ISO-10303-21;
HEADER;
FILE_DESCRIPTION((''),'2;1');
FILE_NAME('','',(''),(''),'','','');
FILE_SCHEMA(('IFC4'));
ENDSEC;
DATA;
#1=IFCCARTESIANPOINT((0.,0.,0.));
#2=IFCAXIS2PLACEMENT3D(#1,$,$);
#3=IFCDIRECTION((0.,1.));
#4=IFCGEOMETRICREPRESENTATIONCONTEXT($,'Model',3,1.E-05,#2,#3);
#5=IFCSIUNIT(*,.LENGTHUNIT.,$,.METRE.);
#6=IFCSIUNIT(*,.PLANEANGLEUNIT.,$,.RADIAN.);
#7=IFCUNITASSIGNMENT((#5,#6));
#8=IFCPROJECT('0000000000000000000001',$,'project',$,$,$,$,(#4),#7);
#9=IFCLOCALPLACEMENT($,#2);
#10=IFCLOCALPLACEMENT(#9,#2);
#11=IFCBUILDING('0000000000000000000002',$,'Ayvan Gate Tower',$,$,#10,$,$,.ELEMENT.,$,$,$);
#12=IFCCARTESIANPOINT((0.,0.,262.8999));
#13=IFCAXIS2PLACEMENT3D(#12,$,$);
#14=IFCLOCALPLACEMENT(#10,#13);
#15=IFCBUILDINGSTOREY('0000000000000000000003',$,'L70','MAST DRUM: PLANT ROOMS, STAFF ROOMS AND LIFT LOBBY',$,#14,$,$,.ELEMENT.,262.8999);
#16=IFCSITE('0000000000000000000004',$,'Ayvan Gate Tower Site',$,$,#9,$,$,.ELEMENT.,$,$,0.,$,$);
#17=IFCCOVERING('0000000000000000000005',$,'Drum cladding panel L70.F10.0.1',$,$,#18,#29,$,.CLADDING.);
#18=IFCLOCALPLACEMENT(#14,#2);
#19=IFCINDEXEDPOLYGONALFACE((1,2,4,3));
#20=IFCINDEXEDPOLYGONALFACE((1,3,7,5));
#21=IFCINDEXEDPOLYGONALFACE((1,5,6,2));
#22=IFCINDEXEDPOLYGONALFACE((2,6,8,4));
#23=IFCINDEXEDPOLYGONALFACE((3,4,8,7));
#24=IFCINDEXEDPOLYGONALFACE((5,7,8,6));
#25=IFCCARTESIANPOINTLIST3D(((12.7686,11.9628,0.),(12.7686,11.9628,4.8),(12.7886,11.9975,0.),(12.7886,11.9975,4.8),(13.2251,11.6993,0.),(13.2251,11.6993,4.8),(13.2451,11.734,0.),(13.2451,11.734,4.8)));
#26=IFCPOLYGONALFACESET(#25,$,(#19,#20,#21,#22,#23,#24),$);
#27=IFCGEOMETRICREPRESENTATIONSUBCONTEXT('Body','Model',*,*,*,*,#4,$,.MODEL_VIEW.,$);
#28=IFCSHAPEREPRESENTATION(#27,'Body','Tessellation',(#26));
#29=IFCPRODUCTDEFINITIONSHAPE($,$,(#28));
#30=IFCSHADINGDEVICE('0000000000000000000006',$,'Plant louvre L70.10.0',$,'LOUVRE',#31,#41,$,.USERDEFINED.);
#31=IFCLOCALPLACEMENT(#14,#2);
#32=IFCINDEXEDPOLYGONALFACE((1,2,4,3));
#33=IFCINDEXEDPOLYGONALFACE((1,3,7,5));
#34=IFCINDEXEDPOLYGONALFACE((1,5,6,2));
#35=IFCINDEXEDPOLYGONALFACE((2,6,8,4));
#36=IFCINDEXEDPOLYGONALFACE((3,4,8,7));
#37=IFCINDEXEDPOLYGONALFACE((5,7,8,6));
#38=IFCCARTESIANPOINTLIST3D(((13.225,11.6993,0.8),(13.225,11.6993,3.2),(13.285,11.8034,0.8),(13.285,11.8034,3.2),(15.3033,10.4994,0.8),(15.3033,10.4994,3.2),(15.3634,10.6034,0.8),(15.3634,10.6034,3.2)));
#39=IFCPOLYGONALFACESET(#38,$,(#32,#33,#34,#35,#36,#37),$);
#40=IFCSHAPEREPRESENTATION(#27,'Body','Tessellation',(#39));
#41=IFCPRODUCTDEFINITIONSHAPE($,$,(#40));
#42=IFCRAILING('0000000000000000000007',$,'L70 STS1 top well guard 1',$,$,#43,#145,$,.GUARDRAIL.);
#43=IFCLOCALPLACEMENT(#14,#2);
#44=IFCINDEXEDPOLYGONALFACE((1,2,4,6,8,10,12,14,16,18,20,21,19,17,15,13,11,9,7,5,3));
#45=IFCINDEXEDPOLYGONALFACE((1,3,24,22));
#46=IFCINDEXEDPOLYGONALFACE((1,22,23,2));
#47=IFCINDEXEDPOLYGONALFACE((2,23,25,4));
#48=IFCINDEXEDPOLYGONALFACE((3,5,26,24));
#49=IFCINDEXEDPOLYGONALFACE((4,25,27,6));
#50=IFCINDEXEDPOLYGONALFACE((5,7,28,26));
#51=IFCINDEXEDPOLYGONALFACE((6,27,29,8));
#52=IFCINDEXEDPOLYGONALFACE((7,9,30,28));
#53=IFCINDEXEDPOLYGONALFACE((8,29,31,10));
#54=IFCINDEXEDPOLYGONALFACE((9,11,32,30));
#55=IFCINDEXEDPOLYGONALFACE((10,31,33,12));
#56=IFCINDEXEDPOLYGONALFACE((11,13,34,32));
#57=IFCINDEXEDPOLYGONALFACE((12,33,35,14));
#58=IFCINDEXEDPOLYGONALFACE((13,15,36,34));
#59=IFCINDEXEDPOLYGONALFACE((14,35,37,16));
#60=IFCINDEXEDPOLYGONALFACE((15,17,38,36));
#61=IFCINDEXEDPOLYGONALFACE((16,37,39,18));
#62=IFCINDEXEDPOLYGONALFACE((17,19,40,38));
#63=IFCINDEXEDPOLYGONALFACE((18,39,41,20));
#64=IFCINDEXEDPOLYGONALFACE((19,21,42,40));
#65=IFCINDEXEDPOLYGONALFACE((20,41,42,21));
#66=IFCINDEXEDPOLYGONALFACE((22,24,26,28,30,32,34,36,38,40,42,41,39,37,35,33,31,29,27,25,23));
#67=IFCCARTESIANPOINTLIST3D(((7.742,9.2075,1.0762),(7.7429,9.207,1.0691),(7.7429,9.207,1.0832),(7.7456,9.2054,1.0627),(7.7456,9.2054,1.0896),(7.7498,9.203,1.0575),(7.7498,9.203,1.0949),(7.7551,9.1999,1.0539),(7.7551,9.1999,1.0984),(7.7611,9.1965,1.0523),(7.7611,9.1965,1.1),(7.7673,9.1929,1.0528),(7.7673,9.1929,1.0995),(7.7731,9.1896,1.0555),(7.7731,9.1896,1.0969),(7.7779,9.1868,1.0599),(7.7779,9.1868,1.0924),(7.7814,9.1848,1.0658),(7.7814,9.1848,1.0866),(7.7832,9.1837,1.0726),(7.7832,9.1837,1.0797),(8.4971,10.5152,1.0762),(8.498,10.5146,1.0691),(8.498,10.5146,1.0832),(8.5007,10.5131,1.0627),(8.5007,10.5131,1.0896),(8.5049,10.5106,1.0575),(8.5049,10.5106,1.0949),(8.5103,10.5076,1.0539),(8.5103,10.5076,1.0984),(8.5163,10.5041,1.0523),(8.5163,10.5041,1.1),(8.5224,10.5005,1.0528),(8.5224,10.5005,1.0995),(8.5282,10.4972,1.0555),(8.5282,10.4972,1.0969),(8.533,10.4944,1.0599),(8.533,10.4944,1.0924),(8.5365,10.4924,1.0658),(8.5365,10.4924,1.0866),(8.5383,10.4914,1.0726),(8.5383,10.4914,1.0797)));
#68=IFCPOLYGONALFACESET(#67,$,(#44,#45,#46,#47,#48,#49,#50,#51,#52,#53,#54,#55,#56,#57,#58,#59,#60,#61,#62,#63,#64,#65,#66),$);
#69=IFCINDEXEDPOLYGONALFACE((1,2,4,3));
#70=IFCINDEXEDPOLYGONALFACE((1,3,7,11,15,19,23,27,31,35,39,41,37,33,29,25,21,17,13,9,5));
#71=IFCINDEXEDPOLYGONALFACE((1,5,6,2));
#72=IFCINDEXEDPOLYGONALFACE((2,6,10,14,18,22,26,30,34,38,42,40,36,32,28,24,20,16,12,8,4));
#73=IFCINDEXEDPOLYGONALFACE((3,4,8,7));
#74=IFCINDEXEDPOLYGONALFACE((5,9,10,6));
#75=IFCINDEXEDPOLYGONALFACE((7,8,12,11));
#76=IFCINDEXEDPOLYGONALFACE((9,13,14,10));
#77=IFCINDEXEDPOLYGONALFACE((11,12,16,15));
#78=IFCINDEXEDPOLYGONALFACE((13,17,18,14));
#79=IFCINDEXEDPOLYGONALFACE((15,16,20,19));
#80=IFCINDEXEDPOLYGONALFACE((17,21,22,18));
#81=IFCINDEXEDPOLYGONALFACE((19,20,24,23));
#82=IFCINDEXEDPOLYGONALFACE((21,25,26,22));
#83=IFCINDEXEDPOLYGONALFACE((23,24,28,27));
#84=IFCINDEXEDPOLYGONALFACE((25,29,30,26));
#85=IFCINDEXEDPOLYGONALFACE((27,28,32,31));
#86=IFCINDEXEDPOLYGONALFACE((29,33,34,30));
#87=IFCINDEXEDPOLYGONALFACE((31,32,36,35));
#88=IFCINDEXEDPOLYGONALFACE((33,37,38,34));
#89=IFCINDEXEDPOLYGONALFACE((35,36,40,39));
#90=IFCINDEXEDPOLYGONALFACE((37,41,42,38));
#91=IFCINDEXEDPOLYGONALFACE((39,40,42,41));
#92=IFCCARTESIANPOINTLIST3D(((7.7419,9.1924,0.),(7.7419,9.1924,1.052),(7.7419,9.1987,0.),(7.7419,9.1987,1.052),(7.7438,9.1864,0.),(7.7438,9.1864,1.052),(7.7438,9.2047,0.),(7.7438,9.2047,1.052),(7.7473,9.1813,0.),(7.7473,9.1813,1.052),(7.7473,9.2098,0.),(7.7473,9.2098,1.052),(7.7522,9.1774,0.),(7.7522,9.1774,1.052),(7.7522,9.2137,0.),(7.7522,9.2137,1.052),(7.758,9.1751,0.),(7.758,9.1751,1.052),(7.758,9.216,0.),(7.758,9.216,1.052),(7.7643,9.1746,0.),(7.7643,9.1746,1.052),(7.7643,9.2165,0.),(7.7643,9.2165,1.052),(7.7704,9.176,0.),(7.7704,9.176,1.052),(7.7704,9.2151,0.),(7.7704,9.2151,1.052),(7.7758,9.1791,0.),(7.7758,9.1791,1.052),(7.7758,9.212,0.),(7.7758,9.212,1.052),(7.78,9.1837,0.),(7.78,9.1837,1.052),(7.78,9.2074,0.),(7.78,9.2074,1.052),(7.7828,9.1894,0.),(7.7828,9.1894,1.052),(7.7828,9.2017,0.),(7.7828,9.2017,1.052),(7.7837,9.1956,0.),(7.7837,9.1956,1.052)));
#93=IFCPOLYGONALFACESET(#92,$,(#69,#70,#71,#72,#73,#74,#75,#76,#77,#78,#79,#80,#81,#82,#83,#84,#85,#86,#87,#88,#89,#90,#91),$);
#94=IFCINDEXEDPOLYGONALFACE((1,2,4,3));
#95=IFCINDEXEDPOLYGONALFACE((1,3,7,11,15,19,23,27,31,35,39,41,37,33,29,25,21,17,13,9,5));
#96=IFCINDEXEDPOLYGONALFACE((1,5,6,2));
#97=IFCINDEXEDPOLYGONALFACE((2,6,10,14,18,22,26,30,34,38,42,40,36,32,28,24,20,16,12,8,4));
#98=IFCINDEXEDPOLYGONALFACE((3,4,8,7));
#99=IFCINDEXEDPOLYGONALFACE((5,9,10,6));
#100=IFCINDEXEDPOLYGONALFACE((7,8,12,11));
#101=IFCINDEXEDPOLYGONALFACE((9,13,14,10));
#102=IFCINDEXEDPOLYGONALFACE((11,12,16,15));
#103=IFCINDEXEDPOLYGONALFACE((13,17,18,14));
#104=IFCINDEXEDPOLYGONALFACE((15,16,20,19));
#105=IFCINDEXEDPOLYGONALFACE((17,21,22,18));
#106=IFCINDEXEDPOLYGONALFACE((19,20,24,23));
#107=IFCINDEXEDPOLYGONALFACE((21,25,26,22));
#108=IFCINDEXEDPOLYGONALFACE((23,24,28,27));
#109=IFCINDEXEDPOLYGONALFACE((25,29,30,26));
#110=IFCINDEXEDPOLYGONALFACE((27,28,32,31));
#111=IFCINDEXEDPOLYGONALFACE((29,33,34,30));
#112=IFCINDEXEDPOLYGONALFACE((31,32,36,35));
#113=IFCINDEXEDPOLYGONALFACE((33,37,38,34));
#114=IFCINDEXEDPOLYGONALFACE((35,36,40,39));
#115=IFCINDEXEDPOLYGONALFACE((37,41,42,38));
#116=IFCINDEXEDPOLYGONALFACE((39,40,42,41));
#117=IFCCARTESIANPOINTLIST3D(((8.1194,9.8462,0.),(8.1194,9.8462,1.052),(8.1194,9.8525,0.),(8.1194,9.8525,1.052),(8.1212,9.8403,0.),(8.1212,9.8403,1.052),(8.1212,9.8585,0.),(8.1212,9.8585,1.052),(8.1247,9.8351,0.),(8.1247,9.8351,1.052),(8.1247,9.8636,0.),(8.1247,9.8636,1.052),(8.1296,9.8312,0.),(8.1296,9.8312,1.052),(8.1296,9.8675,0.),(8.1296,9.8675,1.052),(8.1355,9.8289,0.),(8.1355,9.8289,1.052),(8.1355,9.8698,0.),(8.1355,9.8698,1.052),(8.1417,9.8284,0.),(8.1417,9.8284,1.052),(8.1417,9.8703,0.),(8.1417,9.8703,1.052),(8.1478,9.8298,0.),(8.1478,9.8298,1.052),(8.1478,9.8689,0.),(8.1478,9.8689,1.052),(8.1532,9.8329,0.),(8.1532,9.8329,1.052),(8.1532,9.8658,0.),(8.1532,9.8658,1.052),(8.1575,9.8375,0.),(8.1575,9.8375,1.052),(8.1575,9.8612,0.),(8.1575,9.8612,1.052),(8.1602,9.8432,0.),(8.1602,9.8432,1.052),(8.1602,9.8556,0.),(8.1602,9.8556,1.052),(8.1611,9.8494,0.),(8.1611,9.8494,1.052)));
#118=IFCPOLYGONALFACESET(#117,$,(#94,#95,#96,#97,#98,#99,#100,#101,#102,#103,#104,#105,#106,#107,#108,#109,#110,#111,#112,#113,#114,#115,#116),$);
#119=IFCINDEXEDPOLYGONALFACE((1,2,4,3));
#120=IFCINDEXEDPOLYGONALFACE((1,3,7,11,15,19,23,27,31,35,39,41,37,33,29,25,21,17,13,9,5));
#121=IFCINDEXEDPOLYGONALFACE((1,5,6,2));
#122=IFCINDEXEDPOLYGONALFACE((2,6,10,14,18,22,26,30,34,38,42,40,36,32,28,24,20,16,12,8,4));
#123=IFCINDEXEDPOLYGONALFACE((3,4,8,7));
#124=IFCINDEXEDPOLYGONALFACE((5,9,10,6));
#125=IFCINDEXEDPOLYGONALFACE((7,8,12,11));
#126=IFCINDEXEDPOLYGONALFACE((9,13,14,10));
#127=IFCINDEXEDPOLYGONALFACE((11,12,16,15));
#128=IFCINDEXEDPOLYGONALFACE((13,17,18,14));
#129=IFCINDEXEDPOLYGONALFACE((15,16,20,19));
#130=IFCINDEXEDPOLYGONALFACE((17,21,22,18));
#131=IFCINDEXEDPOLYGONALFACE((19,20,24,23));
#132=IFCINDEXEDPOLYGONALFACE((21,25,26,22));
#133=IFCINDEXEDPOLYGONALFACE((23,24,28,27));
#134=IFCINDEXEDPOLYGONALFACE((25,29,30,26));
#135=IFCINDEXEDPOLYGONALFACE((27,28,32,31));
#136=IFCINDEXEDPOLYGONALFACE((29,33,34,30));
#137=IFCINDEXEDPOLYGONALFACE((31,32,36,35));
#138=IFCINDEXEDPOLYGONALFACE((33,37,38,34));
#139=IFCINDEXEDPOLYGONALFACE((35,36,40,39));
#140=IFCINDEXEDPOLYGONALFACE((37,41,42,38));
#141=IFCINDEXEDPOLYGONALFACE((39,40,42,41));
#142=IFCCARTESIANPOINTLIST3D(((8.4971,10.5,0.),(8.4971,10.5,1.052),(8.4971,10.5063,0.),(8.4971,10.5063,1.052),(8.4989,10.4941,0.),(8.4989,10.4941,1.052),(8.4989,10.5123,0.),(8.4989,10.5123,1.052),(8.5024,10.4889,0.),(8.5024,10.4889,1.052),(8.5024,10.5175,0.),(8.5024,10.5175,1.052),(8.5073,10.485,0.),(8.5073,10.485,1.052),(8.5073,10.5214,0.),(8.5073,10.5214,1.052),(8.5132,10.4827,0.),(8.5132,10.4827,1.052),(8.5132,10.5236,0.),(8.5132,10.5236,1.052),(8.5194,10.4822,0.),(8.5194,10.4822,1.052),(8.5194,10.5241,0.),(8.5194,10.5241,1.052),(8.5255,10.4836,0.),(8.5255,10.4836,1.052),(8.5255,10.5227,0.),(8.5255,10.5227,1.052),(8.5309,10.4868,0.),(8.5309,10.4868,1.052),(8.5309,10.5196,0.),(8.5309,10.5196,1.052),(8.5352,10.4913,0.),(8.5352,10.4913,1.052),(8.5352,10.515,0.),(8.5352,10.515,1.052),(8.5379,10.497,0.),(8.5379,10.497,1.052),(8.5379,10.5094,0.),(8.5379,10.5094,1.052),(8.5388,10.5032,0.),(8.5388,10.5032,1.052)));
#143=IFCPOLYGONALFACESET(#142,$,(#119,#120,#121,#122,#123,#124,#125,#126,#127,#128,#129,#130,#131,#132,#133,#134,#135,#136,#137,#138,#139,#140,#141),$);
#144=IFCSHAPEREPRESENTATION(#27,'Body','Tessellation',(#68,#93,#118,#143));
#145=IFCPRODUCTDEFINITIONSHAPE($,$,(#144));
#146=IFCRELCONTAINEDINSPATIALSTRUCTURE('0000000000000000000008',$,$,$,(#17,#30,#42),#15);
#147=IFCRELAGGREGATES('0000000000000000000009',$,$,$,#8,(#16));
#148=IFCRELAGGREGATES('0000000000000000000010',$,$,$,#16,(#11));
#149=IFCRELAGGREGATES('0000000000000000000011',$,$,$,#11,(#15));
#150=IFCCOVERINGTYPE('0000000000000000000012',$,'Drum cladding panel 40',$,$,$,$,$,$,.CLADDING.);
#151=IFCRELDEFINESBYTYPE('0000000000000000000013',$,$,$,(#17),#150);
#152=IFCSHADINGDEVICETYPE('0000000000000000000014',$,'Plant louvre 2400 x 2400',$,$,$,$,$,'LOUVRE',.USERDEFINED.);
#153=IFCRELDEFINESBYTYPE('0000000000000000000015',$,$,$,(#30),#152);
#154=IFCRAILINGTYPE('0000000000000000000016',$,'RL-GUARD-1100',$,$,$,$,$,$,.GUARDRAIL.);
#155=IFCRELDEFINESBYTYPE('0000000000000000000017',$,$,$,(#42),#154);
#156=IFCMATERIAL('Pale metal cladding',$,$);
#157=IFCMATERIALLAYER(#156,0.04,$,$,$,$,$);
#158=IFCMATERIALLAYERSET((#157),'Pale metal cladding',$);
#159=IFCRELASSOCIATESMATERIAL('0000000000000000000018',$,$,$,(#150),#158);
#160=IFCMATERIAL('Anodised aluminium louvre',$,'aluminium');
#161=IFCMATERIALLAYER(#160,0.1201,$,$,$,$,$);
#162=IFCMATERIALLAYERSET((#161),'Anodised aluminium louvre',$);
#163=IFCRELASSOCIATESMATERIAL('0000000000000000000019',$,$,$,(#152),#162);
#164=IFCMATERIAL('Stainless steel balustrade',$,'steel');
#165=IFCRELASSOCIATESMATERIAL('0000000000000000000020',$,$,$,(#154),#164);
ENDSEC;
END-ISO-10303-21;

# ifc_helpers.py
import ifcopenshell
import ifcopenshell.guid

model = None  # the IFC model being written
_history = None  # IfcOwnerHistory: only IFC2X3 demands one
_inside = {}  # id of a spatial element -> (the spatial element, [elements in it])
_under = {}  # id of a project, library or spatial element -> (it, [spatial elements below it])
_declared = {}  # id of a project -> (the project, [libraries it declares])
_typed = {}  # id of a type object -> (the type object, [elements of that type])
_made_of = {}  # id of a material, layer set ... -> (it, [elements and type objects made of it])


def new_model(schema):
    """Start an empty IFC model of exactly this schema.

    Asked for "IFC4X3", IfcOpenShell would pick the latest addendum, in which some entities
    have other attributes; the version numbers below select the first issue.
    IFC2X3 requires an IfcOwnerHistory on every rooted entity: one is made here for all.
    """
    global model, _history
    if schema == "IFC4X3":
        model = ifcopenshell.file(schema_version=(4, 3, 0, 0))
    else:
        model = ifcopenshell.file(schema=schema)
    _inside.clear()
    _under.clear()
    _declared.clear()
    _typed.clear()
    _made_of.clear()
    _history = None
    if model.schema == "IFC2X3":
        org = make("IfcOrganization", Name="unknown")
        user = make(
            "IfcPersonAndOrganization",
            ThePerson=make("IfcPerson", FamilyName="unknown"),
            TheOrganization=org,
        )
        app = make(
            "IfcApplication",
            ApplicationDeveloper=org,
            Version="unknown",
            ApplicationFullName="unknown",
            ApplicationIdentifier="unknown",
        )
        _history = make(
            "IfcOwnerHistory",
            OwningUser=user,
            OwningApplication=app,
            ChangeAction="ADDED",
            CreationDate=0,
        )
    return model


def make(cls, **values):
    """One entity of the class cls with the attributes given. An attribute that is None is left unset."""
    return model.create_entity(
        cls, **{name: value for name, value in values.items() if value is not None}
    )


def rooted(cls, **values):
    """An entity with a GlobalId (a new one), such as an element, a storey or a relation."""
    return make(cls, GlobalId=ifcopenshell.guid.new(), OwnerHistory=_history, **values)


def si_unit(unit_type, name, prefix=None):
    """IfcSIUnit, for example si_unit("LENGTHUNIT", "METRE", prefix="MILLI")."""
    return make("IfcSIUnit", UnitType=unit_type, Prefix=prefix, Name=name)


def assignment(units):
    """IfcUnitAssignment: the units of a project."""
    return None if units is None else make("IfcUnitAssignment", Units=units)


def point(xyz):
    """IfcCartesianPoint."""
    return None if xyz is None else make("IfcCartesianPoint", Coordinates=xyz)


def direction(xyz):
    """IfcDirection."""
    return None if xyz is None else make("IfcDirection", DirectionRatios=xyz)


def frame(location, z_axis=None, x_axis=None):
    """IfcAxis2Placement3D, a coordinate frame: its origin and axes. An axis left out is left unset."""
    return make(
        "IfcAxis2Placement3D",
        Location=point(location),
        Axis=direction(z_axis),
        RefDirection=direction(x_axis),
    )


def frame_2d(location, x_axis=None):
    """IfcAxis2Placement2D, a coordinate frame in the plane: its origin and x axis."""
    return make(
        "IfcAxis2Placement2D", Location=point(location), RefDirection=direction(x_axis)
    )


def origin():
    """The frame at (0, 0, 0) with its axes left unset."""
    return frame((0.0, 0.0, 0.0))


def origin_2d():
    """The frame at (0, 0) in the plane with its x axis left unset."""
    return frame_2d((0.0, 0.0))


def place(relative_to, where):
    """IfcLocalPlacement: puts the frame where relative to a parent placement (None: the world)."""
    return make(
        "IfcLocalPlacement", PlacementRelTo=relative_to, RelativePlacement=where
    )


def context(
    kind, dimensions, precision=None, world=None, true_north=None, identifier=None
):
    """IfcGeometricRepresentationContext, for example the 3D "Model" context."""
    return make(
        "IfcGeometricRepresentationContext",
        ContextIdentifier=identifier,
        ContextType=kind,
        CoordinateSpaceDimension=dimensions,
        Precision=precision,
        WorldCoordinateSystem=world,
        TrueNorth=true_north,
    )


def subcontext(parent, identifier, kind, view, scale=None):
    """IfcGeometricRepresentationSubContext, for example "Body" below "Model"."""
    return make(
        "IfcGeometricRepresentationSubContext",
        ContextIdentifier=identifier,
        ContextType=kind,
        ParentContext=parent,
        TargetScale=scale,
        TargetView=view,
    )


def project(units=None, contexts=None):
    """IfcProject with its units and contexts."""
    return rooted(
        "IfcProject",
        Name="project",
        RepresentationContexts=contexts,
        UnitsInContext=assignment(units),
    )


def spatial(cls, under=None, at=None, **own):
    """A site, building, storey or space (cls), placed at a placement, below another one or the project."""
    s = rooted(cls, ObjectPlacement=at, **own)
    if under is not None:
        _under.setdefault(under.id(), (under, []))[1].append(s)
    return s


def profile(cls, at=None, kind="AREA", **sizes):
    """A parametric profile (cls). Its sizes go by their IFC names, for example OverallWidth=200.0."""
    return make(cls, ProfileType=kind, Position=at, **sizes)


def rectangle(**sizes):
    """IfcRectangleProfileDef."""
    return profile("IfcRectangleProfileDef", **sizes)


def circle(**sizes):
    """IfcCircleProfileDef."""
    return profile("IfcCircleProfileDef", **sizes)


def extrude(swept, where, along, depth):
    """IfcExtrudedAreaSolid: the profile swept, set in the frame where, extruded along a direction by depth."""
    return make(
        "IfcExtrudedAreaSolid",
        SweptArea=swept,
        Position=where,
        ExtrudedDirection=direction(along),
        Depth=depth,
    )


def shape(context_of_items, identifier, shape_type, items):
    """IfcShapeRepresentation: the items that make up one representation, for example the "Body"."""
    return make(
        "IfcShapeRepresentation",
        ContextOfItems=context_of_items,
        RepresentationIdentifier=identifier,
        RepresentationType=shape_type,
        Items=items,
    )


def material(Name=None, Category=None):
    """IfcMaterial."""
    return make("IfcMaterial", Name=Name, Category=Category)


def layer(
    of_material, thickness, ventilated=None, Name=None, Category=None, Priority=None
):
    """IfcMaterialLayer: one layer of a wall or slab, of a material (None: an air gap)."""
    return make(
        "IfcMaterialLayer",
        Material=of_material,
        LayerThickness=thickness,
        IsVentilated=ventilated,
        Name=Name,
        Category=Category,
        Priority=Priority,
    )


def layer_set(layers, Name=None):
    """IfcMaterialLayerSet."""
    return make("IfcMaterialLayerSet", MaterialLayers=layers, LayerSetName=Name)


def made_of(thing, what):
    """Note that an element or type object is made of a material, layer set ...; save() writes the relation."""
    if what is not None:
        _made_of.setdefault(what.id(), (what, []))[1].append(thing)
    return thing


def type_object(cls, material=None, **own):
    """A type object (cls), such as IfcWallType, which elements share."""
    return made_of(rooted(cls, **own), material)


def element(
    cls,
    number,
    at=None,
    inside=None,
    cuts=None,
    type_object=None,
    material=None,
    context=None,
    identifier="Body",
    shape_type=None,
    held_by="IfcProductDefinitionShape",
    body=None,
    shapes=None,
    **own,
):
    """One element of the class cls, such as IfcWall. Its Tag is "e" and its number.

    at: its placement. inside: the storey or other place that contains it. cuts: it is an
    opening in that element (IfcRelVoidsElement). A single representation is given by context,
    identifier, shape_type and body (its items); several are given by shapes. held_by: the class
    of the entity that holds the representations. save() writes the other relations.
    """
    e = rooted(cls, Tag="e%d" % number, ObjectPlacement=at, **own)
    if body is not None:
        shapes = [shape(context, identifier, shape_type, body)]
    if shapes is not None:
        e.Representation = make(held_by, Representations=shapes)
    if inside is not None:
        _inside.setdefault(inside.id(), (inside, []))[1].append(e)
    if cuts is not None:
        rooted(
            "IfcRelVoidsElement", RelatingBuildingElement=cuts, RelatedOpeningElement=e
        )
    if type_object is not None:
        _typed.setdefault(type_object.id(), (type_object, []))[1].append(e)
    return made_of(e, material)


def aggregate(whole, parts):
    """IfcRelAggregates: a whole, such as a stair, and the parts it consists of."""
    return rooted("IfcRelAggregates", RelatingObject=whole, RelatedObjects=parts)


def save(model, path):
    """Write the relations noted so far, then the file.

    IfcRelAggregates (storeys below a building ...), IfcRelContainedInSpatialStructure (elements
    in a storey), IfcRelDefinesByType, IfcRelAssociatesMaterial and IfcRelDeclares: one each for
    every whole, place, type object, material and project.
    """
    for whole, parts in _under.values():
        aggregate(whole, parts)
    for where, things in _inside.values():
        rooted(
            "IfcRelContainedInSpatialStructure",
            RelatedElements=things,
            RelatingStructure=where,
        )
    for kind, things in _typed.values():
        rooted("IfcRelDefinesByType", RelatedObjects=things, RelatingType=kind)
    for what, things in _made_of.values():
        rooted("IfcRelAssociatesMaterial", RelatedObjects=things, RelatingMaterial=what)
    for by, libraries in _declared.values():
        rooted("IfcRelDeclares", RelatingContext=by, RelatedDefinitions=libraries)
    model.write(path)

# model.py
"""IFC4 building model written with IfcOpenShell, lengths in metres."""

from ifc_helpers import new_model, si_unit, direction, frame, origin, origin_2d, place, context, subcontext, project, spatial, rectangle, circle, extrude, material, layer, layer_set, type_object, element, save


model = new_model("IFC4")

# Units and contexts
model_context = context("Model", 3, precision=1e-05, world=origin(), true_north=direction((0.0, 1.0)))
body_context = subcontext(model_context, "Body", "Model", "MODEL_VIEW")
ifc_project = project(units=[si_unit("LENGTHUNIT", "METRE"), si_unit("PLANEANGLEUNIT", "RADIAN")], contexts=[model_context])

# Site, building, storey
site_placement = place(None, origin())
site = spatial("IfcSite", under=ifc_project, at=site_placement, Name="Ayvan Gate Tower Site", CompositionType="ELEMENT", RefElevation=0.0)
building_placement = place(site_placement, origin())
building = spatial("IfcBuilding", under=site, at=building_placement, Name="Ayvan Gate Tower", CompositionType="ELEMENT")
storey_placement = place(building_placement, frame((0.0, 0.0, 262.8999)))
storey = spatial("IfcBuildingStorey", under=building, at=storey_placement, Name="L70", Description="MAST DRUM: PLANT ROOMS, STAFF ROOMS AND LIFT LOBBY", CompositionType="ELEMENT", Elevation=262.8999)

# Shared definitions
ifc_material_1 = material(Name="Anodised aluminium louvre", Category="aluminium")

# Covering
ifc_material_2 = material(Name="Pale metal cladding")
ifc_layer_1 = layer(ifc_material_2, 0.04)
ifc_layer_set_1 = layer_set([ifc_layer_1], Name="Pale metal cladding")
covering_type = type_object("IfcCoveringType", Name="Drum cladding panel 40", PredefinedType="CLADDING", material=ifc_layer_set_1)
for number, where, z_axis, x_axis, name in (
    (1, (13.0068, 11.8484, 0.0), (0.0, 0.0, 1.0), (-0.866025, 0.5, 0.0), "Drum cladding panel L70.F10.0.1"),
):
    element("IfcCovering", number, at=place(storey_placement, frame(where, z_axis=z_axis, x_axis=x_axis)), inside=storey, type_object=covering_type, Name=name, PredefinedType="CLADDING", context=body_context, shape_type="SweptSolid", body=[
        extrude(rectangle(XDim=0.5271, YDim=0.04, at=origin_2d()), origin(), (0.0, 0.0, 1.0), 4.8),
    ])

# Shading device
ifc_layer_2 = layer(ifc_material_1, 0.1201)
ifc_layer_set_2 = layer_set([ifc_layer_2], Name="Anodised aluminium louvre")
shading_device_type = type_object("IfcShadingDeviceType", Name="Plant louvre 2400 x 2400", ElementType="LOUVRE", PredefinedType="USERDEFINED", material=ifc_layer_set_2)
shading_device_placement = place(storey_placement, frame((14.2942, 11.1514, 0.8), z_axis=(0.0, 0.0, 1.0), x_axis=(-0.866025, 0.5, 0.0)))
element("IfcShadingDevice", 2, at=shading_device_placement, inside=storey, type_object=shading_device_type, Name="Plant louvre L70.10.0", ObjectType="LOUVRE", PredefinedType="USERDEFINED", context=body_context, shape_type="SweptSolid", body=[
    extrude(rectangle(XDim=2.3999, YDim=0.1201, at=origin_2d()), origin(), (0.0, 0.0, 1.0), 2.3999),
])

# Railing
ifc_material_3 = material(Name="Stainless steel balustrade", Category="steel")
railing_type = type_object("IfcRailingType", Name="RL-GUARD-1100", PredefinedType="GUARDRAIL", material=ifc_material_3)
railing_placement = place(storey_placement, frame((7.7627, 9.1956, 0.0)))
element("IfcRailing", 3, at=railing_placement, inside=storey, type_object=railing_type, Name="L70 STS1 top well guard 1", PredefinedType="GUARDRAIL", context=body_context, shape_type="SweptSolid", body=[
    extrude(circle(Radius=0.0239, at=origin_2d()), frame((0.0, 0.0, 1.0762), z_axis=(0.500086, 0.865976, 0.0), x_axis=(-0.865976, 0.500086, 0.0)), (0.0, 0.0, 1.0), 1.51),
    extrude(circle(Radius=0.021, at=origin_2d()), origin(), (0.0, 0.0, 1.0), 1.052),
    extrude(circle(Radius=0.021, at=origin_2d()), frame((0.3774, 0.6538, 0.0)), (0.0, 0.0, 1.0), 1.052),
    extrude(circle(Radius=0.021, at=origin_2d()), frame((0.7551, 1.3076, 0.0)), (0.0, 0.0, 1.0), 1.052),
])

save(model, "model.ifc")
